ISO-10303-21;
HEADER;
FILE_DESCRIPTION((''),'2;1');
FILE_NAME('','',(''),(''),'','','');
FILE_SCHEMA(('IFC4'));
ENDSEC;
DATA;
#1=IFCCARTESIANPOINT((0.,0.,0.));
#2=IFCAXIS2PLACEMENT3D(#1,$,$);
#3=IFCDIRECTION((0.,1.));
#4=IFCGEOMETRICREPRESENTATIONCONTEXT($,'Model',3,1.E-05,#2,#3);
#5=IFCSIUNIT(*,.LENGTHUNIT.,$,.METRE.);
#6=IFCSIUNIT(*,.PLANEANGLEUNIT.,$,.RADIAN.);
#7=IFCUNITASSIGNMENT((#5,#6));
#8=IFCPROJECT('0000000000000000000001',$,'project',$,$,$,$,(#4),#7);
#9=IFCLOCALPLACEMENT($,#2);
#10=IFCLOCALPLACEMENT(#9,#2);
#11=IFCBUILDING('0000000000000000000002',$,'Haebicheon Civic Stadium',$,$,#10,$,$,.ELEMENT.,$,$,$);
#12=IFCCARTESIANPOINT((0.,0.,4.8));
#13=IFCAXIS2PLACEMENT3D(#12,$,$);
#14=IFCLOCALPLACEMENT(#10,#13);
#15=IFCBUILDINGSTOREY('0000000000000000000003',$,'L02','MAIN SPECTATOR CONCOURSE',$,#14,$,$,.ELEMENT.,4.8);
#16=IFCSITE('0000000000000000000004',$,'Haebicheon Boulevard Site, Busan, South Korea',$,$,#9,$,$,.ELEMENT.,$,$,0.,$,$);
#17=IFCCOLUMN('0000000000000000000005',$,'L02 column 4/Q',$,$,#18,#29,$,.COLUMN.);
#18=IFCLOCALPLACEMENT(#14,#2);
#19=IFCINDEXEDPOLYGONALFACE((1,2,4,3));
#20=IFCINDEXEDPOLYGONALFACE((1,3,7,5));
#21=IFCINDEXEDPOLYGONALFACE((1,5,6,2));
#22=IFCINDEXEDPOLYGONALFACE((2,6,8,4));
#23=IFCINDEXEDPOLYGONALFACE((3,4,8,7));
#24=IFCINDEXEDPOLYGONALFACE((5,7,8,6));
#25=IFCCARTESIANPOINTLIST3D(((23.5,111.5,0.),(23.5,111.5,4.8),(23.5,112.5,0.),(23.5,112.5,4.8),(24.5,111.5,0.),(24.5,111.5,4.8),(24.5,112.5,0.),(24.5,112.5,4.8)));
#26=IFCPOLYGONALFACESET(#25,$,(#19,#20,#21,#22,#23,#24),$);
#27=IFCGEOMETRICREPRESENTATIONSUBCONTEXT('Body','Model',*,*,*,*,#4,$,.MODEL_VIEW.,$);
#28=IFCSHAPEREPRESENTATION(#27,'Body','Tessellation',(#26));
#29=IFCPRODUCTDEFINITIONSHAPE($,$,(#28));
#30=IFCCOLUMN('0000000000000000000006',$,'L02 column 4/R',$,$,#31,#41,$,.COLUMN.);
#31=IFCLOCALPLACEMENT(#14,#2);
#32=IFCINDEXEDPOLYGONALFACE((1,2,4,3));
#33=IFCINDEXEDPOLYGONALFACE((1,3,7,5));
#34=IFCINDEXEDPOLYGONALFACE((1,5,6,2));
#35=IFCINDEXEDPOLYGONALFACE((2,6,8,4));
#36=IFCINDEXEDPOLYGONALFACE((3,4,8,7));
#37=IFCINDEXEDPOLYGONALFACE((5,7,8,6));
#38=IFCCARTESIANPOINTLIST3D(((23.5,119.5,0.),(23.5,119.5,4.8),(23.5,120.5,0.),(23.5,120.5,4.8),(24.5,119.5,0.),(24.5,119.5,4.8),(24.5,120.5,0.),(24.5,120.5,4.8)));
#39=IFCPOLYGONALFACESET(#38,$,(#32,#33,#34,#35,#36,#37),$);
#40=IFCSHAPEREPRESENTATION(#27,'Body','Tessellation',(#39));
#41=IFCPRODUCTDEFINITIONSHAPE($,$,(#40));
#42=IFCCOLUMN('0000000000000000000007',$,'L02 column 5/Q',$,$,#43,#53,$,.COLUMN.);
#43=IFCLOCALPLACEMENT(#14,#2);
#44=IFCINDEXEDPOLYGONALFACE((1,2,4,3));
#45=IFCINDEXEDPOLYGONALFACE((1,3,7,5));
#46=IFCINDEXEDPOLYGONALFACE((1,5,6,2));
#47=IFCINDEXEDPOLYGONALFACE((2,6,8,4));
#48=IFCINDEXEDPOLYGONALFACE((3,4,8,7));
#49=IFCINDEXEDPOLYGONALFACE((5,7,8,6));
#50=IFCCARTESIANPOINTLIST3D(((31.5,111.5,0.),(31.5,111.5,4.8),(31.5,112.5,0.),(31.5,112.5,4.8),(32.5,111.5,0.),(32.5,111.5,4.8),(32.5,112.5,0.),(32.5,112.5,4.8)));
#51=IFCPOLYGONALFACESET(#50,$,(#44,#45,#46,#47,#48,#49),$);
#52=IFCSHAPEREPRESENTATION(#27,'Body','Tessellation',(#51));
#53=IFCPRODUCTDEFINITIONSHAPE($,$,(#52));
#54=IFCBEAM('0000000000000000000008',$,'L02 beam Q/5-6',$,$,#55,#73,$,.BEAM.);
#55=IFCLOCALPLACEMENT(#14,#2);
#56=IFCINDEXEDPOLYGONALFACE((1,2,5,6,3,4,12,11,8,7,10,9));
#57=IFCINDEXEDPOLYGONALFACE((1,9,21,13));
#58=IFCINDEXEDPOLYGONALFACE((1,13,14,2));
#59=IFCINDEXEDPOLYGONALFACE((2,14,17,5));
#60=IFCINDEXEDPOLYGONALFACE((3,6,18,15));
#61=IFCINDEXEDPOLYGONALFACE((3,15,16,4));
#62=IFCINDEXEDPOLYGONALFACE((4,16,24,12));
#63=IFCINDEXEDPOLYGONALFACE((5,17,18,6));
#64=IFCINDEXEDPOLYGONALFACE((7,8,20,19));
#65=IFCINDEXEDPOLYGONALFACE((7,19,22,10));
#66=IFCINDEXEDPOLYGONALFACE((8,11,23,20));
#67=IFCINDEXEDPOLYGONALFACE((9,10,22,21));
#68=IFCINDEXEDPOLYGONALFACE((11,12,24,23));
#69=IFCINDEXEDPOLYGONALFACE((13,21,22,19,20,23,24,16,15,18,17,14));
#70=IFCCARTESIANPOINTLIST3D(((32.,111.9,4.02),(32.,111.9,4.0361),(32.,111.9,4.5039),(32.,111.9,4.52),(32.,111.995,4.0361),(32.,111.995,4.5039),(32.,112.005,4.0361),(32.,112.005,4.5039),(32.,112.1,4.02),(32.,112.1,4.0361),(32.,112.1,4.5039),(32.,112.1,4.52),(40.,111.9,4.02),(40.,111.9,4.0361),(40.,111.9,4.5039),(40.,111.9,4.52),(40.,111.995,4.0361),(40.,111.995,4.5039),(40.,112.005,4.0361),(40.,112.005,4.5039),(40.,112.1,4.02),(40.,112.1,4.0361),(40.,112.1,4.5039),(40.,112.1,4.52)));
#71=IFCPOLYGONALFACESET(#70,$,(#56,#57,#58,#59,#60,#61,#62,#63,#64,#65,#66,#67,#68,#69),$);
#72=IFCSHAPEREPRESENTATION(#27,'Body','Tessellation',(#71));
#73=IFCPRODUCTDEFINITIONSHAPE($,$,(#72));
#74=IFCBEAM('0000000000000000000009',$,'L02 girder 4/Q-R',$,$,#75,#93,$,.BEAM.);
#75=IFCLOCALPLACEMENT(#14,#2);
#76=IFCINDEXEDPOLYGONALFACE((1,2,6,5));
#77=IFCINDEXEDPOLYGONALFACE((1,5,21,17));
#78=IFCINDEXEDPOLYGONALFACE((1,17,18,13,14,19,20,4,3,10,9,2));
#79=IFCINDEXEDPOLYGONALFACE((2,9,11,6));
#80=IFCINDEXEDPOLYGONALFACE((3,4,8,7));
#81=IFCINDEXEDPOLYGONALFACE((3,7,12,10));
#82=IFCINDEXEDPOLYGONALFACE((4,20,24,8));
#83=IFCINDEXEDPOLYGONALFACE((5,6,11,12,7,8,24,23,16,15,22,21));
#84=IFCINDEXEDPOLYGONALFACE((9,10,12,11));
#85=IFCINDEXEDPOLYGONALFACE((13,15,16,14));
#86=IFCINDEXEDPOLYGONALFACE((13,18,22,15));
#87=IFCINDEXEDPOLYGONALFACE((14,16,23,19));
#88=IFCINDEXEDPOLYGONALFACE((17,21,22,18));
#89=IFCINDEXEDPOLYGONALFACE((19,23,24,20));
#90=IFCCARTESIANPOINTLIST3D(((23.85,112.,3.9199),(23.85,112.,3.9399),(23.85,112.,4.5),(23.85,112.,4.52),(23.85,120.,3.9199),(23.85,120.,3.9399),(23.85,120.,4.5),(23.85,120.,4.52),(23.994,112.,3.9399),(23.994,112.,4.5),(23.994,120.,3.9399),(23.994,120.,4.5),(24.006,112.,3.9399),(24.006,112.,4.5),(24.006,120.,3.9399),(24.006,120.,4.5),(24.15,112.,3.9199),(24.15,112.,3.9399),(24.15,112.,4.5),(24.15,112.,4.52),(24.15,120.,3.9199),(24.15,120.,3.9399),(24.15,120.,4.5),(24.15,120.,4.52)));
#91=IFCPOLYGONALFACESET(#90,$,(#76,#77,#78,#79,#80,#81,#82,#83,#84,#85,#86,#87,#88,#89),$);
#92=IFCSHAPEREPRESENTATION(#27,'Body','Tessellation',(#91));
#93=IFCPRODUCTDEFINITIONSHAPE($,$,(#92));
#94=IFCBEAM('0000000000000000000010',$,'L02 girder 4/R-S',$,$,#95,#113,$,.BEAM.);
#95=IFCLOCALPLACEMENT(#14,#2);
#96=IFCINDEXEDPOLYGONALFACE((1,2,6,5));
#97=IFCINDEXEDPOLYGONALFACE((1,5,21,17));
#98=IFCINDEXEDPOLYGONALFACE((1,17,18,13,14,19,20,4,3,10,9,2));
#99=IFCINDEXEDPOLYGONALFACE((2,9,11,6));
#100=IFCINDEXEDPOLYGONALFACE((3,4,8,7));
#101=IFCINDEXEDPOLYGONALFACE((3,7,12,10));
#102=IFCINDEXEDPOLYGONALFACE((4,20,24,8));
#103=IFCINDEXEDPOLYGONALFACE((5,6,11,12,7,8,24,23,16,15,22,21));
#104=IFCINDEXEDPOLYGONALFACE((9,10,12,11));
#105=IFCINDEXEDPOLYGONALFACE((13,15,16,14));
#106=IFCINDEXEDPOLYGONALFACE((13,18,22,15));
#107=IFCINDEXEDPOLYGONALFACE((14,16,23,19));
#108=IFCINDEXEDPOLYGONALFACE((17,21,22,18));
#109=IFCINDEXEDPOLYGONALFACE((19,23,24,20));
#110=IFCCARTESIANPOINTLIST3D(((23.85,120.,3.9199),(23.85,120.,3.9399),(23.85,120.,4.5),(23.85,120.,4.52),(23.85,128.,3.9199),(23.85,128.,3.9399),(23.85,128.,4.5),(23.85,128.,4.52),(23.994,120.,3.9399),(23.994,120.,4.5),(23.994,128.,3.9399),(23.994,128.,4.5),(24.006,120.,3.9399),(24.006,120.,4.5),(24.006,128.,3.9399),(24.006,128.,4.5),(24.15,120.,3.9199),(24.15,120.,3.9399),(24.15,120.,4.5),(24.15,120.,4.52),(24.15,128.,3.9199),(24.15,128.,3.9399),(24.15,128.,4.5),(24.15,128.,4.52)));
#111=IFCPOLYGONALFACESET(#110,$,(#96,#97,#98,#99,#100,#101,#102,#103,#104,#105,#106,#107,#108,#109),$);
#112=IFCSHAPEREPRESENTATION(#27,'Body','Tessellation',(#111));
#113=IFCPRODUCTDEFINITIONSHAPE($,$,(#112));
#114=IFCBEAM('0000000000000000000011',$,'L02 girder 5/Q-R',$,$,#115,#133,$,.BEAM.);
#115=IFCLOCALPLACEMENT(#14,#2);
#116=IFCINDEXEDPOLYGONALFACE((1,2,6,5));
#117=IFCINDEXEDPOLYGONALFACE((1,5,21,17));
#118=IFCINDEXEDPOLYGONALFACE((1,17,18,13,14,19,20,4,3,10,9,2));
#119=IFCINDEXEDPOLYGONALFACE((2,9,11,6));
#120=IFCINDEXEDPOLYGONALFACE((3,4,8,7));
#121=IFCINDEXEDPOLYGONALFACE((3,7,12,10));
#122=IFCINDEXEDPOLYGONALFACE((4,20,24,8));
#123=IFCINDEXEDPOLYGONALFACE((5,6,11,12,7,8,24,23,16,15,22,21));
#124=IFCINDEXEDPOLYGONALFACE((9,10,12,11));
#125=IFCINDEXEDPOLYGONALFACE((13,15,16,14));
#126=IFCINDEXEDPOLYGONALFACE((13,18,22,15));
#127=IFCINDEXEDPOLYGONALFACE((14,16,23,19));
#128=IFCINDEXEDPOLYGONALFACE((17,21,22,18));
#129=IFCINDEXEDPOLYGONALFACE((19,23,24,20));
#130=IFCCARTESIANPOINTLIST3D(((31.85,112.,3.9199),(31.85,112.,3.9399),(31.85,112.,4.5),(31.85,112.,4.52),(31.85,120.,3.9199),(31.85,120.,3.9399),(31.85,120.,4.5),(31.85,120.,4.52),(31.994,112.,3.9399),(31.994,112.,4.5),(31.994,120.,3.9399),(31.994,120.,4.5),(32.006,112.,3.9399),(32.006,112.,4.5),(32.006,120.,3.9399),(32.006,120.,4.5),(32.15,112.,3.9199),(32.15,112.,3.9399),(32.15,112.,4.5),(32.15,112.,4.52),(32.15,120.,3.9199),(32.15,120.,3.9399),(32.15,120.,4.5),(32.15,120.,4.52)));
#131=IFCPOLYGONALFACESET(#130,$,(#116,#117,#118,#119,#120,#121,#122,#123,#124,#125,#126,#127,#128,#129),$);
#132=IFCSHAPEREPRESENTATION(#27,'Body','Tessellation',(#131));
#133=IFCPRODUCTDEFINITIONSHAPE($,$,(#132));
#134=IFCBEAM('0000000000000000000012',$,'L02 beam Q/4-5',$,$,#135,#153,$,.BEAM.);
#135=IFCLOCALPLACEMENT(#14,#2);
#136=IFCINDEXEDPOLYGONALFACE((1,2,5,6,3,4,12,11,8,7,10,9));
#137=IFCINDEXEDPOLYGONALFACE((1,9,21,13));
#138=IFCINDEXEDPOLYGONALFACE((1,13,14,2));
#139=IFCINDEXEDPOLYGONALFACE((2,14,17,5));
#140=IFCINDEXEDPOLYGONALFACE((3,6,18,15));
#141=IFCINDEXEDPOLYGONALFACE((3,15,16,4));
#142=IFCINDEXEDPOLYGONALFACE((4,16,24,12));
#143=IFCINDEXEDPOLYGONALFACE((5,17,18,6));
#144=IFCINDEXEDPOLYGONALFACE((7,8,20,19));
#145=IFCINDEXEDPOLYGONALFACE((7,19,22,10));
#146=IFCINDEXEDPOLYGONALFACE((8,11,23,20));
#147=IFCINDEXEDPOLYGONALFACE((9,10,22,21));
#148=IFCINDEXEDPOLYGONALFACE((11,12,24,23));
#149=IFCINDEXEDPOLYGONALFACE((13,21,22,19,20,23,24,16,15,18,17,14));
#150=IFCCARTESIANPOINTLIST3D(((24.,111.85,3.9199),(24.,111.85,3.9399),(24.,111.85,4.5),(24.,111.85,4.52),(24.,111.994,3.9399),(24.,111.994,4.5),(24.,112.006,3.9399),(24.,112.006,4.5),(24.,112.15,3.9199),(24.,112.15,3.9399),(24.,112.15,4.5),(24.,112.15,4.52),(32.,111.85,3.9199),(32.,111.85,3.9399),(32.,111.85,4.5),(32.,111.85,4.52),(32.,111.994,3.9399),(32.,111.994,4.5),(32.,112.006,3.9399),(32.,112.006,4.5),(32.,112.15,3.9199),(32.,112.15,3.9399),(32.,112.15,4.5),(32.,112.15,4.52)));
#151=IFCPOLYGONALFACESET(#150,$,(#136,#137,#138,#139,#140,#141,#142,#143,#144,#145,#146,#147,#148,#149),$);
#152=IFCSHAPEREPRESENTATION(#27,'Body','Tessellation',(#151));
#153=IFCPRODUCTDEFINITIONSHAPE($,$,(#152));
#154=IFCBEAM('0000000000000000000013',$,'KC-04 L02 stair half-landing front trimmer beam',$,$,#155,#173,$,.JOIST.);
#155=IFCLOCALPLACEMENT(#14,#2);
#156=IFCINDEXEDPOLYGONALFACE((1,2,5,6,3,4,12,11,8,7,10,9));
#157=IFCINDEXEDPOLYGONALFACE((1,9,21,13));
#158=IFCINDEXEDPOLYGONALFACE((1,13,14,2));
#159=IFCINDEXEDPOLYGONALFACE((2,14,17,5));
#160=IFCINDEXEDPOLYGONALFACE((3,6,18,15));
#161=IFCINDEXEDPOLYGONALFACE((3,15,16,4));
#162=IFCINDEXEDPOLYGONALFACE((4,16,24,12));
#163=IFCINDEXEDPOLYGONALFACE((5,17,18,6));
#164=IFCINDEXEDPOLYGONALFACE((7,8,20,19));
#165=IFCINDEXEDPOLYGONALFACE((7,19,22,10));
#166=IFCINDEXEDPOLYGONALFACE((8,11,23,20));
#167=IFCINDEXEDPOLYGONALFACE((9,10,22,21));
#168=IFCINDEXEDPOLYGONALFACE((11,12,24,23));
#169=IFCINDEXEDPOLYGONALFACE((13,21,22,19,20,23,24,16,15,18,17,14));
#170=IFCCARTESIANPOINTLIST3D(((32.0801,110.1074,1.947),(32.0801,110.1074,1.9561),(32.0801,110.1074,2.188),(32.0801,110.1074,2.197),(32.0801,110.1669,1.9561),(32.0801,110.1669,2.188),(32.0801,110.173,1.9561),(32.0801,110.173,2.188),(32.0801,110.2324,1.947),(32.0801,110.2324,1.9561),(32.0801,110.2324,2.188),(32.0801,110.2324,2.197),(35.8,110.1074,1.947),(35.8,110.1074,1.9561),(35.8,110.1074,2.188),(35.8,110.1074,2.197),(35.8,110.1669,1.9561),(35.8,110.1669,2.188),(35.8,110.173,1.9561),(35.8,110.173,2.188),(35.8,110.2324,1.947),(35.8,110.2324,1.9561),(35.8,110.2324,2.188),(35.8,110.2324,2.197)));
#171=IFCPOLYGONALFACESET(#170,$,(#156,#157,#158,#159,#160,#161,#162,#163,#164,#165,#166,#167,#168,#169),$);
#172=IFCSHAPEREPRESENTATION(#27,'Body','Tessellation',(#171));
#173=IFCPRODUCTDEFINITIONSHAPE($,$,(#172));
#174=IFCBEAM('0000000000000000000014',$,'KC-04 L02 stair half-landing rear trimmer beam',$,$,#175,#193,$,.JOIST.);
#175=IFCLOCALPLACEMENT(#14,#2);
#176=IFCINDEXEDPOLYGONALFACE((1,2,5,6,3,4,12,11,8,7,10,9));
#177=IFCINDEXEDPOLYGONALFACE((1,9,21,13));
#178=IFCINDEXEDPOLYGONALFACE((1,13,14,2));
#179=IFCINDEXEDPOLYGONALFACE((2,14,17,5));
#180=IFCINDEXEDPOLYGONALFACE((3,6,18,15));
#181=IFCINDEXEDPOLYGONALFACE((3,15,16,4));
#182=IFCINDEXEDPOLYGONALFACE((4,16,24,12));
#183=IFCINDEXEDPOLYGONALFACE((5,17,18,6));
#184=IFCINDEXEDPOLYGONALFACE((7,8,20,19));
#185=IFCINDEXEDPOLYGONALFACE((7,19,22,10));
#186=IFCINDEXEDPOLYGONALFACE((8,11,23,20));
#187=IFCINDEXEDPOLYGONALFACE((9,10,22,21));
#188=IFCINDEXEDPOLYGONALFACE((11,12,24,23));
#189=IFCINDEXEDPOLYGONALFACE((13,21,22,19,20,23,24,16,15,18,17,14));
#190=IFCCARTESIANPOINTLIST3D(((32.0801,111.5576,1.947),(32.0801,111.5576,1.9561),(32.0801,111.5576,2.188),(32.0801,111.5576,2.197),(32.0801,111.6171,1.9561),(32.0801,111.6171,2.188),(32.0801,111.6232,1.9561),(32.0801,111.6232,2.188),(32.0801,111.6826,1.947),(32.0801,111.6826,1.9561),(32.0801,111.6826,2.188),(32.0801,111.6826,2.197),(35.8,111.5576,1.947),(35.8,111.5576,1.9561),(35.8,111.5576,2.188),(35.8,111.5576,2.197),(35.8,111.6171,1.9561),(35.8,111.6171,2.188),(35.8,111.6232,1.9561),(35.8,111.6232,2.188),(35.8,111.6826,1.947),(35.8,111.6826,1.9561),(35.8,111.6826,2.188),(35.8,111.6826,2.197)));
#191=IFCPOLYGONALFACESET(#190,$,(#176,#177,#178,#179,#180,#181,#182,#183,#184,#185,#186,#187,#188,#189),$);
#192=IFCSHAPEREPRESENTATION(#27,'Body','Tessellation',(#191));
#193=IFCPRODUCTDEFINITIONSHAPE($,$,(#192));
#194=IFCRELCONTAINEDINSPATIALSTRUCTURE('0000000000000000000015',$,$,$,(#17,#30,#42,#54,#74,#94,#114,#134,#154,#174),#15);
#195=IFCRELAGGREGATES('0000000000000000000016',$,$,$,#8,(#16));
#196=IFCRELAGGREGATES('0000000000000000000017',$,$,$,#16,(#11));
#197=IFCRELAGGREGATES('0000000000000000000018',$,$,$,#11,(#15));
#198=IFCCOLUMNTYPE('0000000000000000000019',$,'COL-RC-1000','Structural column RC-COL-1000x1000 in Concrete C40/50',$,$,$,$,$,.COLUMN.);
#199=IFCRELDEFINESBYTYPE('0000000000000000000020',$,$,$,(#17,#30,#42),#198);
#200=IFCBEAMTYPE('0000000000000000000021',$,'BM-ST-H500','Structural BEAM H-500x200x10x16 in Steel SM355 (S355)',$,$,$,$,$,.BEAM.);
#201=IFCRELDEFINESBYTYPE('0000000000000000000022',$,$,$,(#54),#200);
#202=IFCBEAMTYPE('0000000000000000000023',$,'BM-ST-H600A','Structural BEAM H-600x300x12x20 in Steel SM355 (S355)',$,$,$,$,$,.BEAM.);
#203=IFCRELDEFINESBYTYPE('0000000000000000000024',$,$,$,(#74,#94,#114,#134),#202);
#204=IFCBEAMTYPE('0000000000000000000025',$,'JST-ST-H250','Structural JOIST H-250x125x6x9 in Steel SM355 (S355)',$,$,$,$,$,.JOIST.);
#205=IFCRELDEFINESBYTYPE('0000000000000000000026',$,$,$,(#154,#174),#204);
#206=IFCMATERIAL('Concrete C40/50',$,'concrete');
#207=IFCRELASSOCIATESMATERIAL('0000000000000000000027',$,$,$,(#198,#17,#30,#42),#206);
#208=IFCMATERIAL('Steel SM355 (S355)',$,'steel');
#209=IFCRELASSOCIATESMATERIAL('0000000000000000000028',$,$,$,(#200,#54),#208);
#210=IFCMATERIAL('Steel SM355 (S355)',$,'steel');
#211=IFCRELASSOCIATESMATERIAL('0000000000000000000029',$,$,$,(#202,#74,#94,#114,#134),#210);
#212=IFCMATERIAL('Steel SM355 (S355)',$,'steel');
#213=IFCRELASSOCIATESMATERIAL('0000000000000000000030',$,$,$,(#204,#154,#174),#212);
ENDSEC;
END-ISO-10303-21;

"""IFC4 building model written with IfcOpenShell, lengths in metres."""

from ifc_helpers import new_model, si_unit, direction, frame, origin, origin_2d, place, context, subcontext, project, spatial, rectangle, i_section, extrude, material, material_profile, profile_set, type_object, element, save


model = new_model("IFC4")

# Units and contexts
model_context = context("Model", 3, precision=1e-05, world=origin(), true_north=direction((0.0, 1.0)))
body_context = subcontext(model_context, "Body", "Model", "MODEL_VIEW")
ifc_project = project(units=[si_unit("LENGTHUNIT", "METRE"), si_unit("PLANEANGLEUNIT", "RADIAN")], contexts=[model_context])

# Site, building, storey
site_placement = place(None, origin())
site = spatial("IfcSite", under=ifc_project, at=site_placement, Name="Haebicheon Boulevard Site, Busan, South Korea", CompositionType="ELEMENT", RefElevation=0.0)
building_placement = place(site_placement, origin())
building = spatial("IfcBuilding", under=site, at=building_placement, Name="Haebicheon Civic Stadium", CompositionType="ELEMENT")
storey_placement = place(building_placement, frame((0.0, 0.0, 4.8)))
storey = spatial("IfcBuildingStorey", under=building, at=storey_placement, Name="L02", Description="MAIN SPECTATOR CONCOURSE", CompositionType="ELEMENT", Elevation=4.8)

# Columns
ifc_material_1 = material(Name="Concrete C40/50", Category="concrete")
ifc_material_profile_1 = material_profile(ifc_material_1, rectangle(XDim=1.0, YDim=1.0, at=origin_2d()), Name="RC-COL-1000x1000")
ifc_profile_set_1 = profile_set([ifc_material_profile_1], Name="Concrete C40/50")
column_type = type_object("IfcColumnType", Name="COL-RC-1000", Description="Structural column RC-COL-1000x1000 in Concrete C40/50", PredefinedType="COLUMN", material=ifc_profile_set_1)
for number, where, z_axis, x_axis, name in (
    (1, (24.0, 112.0, 0.0), (0.0, 0.0, 1.0), (1.0, 0.0, 0.0), "L02 column 4/Q"),
    (2, (24.0, 120.0, 0.0), (0.0, 0.0, 1.0), (1.0, 0.0, 0.0), "L02 column 4/R"),
    (3, (32.0, 112.0, 0.0), (0.0, 0.0, 1.0), (1.0, 0.0, 0.0), "L02 column 5/Q"),
):
    element("IfcColumn", number, at=place(storey_placement, frame(where, z_axis=z_axis, x_axis=x_axis)), inside=storey, type_object=column_type, material=ifc_profile_set_1, Name=name, PredefinedType="COLUMN", context=body_context, shape_type="SweptSolid", body=[
        extrude(rectangle(XDim=1.0, YDim=1.0, at=origin_2d()), origin(), (0.0, 0.0, 1.0), 4.8),
    ])

# Beams
ifc_material_2 = material(Name="Steel SM355 (S355)", Category="steel")
ifc_material_profile_2 = material_profile(ifc_material_2, i_section(OverallWidth=0.2, OverallDepth=0.5, WebThickness=0.01, FlangeThickness=0.0161, at=origin_2d()), Name="H-500x200x10x16")
ifc_profile_set_2 = profile_set([ifc_material_profile_2], Name="Steel SM355 (S355)")
beam_type_1 = type_object("IfcBeamType", Name="BM-ST-H500", Description="Structural BEAM H-500x200x10x16 in Steel SM355 (S355)", PredefinedType="BEAM", material=ifc_profile_set_2)
beam_placement = place(storey_placement, frame((32.0, 112.0, 4.27), z_axis=(1.0, 0.0, 0.0), x_axis=(0.0, 1.0, 0.0)))
element("IfcBeam", 4, at=beam_placement, inside=storey, type_object=beam_type_1, material=ifc_profile_set_2, Name="L02 beam Q/5-6", PredefinedType="BEAM", context=body_context, shape_type="SweptSolid", body=[
    extrude(i_section(OverallWidth=0.2, OverallDepth=0.5, WebThickness=0.01, FlangeThickness=0.0161, at=origin_2d()), origin(), (0.0, 0.0, 1.0), 8.0),
])
ifc_material_3 = material(Name="Steel SM355 (S355)", Category="steel")
ifc_material_profile_3 = material_profile(ifc_material_3, i_section(OverallWidth=0.3, OverallDepth=0.6001, WebThickness=0.012, FlangeThickness=0.02, at=origin_2d()), Name="H-600x300x12x20")
ifc_profile_set_3 = profile_set([ifc_material_profile_3], Name="Steel SM355 (S355)")
beam_type_2 = type_object("IfcBeamType", Name="BM-ST-H600A", Description="Structural BEAM H-600x300x12x20 in Steel SM355 (S355)", PredefinedType="BEAM", material=ifc_profile_set_3)
for number, where, z_axis, x_axis, name in (
    (5, (24.0, 112.0, 4.22), (0.0, 1.0, 0.0), (-1.0, 0.0, 0.0), "L02 girder 4/Q-R"),
    (6, (24.0, 120.0, 4.22), (0.0, 1.0, 0.0), (-1.0, 0.0, 0.0), "L02 girder 4/R-S"),
    (7, (32.0, 112.0, 4.22), (0.0, 1.0, 0.0), (-1.0, 0.0, 0.0), "L02 girder 5/Q-R"),
    (8, (24.0, 112.0, 4.22), (1.0, 0.0, 0.0), (0.0, 1.0, 0.0), "L02 beam Q/4-5"),
):
    element("IfcBeam", number, at=place(storey_placement, frame(where, z_axis=z_axis, x_axis=x_axis)), inside=storey, type_object=beam_type_2, material=ifc_profile_set_3, Name=name, PredefinedType="BEAM", context=body_context, shape_type="SweptSolid", body=[
        extrude(i_section(OverallWidth=0.3, OverallDepth=0.6001, WebThickness=0.012, FlangeThickness=0.02, at=origin_2d()), origin(), (0.0, 0.0, 1.0), 8.0),
    ])
ifc_material_4 = material(Name="Steel SM355 (S355)", Category="steel")
ifc_material_profile_4 = material_profile(ifc_material_4, i_section(OverallWidth=0.125, OverallDepth=0.25, WebThickness=0.0061, FlangeThickness=0.009, at=origin_2d()), Name="H-250x125x6x9")
ifc_profile_set_4 = profile_set([ifc_material_profile_4], Name="Steel SM355 (S355)")
beam_type_3 = type_object("IfcBeamType", Name="JST-ST-H250", Description="Structural JOIST H-250x125x6x9 in Steel SM355 (S355)", PredefinedType="JOIST", material=ifc_profile_set_4)
for number, where, z_axis, x_axis, name in (
    (9, (32.0801, 110.1699, 2.072), (1.0, 0.0, 0.0), (0.0, 1.0, 0.0), "KC-04 L02 stair half-landing front trimmer beam"),
    (10, (32.0801, 111.6201, 2.072), (1.0, 0.0, 0.0), (0.0, 1.0, 0.0), "KC-04 L02 stair half-landing rear trimmer beam"),
):
    element("IfcBeam", number, at=place(storey_placement, frame(where, z_axis=z_axis, x_axis=x_axis)), inside=storey, type_object=beam_type_3, material=ifc_profile_set_4, Name=name, PredefinedType="JOIST", context=body_context, shape_type="SweptSolid", body=[
        extrude(i_section(OverallWidth=0.125, OverallDepth=0.25, WebThickness=0.0061, FlangeThickness=0.009, at=origin_2d()), origin(), (0.0, 0.0, 1.0), 3.72),
    ])

save(model, "model.ifc")
